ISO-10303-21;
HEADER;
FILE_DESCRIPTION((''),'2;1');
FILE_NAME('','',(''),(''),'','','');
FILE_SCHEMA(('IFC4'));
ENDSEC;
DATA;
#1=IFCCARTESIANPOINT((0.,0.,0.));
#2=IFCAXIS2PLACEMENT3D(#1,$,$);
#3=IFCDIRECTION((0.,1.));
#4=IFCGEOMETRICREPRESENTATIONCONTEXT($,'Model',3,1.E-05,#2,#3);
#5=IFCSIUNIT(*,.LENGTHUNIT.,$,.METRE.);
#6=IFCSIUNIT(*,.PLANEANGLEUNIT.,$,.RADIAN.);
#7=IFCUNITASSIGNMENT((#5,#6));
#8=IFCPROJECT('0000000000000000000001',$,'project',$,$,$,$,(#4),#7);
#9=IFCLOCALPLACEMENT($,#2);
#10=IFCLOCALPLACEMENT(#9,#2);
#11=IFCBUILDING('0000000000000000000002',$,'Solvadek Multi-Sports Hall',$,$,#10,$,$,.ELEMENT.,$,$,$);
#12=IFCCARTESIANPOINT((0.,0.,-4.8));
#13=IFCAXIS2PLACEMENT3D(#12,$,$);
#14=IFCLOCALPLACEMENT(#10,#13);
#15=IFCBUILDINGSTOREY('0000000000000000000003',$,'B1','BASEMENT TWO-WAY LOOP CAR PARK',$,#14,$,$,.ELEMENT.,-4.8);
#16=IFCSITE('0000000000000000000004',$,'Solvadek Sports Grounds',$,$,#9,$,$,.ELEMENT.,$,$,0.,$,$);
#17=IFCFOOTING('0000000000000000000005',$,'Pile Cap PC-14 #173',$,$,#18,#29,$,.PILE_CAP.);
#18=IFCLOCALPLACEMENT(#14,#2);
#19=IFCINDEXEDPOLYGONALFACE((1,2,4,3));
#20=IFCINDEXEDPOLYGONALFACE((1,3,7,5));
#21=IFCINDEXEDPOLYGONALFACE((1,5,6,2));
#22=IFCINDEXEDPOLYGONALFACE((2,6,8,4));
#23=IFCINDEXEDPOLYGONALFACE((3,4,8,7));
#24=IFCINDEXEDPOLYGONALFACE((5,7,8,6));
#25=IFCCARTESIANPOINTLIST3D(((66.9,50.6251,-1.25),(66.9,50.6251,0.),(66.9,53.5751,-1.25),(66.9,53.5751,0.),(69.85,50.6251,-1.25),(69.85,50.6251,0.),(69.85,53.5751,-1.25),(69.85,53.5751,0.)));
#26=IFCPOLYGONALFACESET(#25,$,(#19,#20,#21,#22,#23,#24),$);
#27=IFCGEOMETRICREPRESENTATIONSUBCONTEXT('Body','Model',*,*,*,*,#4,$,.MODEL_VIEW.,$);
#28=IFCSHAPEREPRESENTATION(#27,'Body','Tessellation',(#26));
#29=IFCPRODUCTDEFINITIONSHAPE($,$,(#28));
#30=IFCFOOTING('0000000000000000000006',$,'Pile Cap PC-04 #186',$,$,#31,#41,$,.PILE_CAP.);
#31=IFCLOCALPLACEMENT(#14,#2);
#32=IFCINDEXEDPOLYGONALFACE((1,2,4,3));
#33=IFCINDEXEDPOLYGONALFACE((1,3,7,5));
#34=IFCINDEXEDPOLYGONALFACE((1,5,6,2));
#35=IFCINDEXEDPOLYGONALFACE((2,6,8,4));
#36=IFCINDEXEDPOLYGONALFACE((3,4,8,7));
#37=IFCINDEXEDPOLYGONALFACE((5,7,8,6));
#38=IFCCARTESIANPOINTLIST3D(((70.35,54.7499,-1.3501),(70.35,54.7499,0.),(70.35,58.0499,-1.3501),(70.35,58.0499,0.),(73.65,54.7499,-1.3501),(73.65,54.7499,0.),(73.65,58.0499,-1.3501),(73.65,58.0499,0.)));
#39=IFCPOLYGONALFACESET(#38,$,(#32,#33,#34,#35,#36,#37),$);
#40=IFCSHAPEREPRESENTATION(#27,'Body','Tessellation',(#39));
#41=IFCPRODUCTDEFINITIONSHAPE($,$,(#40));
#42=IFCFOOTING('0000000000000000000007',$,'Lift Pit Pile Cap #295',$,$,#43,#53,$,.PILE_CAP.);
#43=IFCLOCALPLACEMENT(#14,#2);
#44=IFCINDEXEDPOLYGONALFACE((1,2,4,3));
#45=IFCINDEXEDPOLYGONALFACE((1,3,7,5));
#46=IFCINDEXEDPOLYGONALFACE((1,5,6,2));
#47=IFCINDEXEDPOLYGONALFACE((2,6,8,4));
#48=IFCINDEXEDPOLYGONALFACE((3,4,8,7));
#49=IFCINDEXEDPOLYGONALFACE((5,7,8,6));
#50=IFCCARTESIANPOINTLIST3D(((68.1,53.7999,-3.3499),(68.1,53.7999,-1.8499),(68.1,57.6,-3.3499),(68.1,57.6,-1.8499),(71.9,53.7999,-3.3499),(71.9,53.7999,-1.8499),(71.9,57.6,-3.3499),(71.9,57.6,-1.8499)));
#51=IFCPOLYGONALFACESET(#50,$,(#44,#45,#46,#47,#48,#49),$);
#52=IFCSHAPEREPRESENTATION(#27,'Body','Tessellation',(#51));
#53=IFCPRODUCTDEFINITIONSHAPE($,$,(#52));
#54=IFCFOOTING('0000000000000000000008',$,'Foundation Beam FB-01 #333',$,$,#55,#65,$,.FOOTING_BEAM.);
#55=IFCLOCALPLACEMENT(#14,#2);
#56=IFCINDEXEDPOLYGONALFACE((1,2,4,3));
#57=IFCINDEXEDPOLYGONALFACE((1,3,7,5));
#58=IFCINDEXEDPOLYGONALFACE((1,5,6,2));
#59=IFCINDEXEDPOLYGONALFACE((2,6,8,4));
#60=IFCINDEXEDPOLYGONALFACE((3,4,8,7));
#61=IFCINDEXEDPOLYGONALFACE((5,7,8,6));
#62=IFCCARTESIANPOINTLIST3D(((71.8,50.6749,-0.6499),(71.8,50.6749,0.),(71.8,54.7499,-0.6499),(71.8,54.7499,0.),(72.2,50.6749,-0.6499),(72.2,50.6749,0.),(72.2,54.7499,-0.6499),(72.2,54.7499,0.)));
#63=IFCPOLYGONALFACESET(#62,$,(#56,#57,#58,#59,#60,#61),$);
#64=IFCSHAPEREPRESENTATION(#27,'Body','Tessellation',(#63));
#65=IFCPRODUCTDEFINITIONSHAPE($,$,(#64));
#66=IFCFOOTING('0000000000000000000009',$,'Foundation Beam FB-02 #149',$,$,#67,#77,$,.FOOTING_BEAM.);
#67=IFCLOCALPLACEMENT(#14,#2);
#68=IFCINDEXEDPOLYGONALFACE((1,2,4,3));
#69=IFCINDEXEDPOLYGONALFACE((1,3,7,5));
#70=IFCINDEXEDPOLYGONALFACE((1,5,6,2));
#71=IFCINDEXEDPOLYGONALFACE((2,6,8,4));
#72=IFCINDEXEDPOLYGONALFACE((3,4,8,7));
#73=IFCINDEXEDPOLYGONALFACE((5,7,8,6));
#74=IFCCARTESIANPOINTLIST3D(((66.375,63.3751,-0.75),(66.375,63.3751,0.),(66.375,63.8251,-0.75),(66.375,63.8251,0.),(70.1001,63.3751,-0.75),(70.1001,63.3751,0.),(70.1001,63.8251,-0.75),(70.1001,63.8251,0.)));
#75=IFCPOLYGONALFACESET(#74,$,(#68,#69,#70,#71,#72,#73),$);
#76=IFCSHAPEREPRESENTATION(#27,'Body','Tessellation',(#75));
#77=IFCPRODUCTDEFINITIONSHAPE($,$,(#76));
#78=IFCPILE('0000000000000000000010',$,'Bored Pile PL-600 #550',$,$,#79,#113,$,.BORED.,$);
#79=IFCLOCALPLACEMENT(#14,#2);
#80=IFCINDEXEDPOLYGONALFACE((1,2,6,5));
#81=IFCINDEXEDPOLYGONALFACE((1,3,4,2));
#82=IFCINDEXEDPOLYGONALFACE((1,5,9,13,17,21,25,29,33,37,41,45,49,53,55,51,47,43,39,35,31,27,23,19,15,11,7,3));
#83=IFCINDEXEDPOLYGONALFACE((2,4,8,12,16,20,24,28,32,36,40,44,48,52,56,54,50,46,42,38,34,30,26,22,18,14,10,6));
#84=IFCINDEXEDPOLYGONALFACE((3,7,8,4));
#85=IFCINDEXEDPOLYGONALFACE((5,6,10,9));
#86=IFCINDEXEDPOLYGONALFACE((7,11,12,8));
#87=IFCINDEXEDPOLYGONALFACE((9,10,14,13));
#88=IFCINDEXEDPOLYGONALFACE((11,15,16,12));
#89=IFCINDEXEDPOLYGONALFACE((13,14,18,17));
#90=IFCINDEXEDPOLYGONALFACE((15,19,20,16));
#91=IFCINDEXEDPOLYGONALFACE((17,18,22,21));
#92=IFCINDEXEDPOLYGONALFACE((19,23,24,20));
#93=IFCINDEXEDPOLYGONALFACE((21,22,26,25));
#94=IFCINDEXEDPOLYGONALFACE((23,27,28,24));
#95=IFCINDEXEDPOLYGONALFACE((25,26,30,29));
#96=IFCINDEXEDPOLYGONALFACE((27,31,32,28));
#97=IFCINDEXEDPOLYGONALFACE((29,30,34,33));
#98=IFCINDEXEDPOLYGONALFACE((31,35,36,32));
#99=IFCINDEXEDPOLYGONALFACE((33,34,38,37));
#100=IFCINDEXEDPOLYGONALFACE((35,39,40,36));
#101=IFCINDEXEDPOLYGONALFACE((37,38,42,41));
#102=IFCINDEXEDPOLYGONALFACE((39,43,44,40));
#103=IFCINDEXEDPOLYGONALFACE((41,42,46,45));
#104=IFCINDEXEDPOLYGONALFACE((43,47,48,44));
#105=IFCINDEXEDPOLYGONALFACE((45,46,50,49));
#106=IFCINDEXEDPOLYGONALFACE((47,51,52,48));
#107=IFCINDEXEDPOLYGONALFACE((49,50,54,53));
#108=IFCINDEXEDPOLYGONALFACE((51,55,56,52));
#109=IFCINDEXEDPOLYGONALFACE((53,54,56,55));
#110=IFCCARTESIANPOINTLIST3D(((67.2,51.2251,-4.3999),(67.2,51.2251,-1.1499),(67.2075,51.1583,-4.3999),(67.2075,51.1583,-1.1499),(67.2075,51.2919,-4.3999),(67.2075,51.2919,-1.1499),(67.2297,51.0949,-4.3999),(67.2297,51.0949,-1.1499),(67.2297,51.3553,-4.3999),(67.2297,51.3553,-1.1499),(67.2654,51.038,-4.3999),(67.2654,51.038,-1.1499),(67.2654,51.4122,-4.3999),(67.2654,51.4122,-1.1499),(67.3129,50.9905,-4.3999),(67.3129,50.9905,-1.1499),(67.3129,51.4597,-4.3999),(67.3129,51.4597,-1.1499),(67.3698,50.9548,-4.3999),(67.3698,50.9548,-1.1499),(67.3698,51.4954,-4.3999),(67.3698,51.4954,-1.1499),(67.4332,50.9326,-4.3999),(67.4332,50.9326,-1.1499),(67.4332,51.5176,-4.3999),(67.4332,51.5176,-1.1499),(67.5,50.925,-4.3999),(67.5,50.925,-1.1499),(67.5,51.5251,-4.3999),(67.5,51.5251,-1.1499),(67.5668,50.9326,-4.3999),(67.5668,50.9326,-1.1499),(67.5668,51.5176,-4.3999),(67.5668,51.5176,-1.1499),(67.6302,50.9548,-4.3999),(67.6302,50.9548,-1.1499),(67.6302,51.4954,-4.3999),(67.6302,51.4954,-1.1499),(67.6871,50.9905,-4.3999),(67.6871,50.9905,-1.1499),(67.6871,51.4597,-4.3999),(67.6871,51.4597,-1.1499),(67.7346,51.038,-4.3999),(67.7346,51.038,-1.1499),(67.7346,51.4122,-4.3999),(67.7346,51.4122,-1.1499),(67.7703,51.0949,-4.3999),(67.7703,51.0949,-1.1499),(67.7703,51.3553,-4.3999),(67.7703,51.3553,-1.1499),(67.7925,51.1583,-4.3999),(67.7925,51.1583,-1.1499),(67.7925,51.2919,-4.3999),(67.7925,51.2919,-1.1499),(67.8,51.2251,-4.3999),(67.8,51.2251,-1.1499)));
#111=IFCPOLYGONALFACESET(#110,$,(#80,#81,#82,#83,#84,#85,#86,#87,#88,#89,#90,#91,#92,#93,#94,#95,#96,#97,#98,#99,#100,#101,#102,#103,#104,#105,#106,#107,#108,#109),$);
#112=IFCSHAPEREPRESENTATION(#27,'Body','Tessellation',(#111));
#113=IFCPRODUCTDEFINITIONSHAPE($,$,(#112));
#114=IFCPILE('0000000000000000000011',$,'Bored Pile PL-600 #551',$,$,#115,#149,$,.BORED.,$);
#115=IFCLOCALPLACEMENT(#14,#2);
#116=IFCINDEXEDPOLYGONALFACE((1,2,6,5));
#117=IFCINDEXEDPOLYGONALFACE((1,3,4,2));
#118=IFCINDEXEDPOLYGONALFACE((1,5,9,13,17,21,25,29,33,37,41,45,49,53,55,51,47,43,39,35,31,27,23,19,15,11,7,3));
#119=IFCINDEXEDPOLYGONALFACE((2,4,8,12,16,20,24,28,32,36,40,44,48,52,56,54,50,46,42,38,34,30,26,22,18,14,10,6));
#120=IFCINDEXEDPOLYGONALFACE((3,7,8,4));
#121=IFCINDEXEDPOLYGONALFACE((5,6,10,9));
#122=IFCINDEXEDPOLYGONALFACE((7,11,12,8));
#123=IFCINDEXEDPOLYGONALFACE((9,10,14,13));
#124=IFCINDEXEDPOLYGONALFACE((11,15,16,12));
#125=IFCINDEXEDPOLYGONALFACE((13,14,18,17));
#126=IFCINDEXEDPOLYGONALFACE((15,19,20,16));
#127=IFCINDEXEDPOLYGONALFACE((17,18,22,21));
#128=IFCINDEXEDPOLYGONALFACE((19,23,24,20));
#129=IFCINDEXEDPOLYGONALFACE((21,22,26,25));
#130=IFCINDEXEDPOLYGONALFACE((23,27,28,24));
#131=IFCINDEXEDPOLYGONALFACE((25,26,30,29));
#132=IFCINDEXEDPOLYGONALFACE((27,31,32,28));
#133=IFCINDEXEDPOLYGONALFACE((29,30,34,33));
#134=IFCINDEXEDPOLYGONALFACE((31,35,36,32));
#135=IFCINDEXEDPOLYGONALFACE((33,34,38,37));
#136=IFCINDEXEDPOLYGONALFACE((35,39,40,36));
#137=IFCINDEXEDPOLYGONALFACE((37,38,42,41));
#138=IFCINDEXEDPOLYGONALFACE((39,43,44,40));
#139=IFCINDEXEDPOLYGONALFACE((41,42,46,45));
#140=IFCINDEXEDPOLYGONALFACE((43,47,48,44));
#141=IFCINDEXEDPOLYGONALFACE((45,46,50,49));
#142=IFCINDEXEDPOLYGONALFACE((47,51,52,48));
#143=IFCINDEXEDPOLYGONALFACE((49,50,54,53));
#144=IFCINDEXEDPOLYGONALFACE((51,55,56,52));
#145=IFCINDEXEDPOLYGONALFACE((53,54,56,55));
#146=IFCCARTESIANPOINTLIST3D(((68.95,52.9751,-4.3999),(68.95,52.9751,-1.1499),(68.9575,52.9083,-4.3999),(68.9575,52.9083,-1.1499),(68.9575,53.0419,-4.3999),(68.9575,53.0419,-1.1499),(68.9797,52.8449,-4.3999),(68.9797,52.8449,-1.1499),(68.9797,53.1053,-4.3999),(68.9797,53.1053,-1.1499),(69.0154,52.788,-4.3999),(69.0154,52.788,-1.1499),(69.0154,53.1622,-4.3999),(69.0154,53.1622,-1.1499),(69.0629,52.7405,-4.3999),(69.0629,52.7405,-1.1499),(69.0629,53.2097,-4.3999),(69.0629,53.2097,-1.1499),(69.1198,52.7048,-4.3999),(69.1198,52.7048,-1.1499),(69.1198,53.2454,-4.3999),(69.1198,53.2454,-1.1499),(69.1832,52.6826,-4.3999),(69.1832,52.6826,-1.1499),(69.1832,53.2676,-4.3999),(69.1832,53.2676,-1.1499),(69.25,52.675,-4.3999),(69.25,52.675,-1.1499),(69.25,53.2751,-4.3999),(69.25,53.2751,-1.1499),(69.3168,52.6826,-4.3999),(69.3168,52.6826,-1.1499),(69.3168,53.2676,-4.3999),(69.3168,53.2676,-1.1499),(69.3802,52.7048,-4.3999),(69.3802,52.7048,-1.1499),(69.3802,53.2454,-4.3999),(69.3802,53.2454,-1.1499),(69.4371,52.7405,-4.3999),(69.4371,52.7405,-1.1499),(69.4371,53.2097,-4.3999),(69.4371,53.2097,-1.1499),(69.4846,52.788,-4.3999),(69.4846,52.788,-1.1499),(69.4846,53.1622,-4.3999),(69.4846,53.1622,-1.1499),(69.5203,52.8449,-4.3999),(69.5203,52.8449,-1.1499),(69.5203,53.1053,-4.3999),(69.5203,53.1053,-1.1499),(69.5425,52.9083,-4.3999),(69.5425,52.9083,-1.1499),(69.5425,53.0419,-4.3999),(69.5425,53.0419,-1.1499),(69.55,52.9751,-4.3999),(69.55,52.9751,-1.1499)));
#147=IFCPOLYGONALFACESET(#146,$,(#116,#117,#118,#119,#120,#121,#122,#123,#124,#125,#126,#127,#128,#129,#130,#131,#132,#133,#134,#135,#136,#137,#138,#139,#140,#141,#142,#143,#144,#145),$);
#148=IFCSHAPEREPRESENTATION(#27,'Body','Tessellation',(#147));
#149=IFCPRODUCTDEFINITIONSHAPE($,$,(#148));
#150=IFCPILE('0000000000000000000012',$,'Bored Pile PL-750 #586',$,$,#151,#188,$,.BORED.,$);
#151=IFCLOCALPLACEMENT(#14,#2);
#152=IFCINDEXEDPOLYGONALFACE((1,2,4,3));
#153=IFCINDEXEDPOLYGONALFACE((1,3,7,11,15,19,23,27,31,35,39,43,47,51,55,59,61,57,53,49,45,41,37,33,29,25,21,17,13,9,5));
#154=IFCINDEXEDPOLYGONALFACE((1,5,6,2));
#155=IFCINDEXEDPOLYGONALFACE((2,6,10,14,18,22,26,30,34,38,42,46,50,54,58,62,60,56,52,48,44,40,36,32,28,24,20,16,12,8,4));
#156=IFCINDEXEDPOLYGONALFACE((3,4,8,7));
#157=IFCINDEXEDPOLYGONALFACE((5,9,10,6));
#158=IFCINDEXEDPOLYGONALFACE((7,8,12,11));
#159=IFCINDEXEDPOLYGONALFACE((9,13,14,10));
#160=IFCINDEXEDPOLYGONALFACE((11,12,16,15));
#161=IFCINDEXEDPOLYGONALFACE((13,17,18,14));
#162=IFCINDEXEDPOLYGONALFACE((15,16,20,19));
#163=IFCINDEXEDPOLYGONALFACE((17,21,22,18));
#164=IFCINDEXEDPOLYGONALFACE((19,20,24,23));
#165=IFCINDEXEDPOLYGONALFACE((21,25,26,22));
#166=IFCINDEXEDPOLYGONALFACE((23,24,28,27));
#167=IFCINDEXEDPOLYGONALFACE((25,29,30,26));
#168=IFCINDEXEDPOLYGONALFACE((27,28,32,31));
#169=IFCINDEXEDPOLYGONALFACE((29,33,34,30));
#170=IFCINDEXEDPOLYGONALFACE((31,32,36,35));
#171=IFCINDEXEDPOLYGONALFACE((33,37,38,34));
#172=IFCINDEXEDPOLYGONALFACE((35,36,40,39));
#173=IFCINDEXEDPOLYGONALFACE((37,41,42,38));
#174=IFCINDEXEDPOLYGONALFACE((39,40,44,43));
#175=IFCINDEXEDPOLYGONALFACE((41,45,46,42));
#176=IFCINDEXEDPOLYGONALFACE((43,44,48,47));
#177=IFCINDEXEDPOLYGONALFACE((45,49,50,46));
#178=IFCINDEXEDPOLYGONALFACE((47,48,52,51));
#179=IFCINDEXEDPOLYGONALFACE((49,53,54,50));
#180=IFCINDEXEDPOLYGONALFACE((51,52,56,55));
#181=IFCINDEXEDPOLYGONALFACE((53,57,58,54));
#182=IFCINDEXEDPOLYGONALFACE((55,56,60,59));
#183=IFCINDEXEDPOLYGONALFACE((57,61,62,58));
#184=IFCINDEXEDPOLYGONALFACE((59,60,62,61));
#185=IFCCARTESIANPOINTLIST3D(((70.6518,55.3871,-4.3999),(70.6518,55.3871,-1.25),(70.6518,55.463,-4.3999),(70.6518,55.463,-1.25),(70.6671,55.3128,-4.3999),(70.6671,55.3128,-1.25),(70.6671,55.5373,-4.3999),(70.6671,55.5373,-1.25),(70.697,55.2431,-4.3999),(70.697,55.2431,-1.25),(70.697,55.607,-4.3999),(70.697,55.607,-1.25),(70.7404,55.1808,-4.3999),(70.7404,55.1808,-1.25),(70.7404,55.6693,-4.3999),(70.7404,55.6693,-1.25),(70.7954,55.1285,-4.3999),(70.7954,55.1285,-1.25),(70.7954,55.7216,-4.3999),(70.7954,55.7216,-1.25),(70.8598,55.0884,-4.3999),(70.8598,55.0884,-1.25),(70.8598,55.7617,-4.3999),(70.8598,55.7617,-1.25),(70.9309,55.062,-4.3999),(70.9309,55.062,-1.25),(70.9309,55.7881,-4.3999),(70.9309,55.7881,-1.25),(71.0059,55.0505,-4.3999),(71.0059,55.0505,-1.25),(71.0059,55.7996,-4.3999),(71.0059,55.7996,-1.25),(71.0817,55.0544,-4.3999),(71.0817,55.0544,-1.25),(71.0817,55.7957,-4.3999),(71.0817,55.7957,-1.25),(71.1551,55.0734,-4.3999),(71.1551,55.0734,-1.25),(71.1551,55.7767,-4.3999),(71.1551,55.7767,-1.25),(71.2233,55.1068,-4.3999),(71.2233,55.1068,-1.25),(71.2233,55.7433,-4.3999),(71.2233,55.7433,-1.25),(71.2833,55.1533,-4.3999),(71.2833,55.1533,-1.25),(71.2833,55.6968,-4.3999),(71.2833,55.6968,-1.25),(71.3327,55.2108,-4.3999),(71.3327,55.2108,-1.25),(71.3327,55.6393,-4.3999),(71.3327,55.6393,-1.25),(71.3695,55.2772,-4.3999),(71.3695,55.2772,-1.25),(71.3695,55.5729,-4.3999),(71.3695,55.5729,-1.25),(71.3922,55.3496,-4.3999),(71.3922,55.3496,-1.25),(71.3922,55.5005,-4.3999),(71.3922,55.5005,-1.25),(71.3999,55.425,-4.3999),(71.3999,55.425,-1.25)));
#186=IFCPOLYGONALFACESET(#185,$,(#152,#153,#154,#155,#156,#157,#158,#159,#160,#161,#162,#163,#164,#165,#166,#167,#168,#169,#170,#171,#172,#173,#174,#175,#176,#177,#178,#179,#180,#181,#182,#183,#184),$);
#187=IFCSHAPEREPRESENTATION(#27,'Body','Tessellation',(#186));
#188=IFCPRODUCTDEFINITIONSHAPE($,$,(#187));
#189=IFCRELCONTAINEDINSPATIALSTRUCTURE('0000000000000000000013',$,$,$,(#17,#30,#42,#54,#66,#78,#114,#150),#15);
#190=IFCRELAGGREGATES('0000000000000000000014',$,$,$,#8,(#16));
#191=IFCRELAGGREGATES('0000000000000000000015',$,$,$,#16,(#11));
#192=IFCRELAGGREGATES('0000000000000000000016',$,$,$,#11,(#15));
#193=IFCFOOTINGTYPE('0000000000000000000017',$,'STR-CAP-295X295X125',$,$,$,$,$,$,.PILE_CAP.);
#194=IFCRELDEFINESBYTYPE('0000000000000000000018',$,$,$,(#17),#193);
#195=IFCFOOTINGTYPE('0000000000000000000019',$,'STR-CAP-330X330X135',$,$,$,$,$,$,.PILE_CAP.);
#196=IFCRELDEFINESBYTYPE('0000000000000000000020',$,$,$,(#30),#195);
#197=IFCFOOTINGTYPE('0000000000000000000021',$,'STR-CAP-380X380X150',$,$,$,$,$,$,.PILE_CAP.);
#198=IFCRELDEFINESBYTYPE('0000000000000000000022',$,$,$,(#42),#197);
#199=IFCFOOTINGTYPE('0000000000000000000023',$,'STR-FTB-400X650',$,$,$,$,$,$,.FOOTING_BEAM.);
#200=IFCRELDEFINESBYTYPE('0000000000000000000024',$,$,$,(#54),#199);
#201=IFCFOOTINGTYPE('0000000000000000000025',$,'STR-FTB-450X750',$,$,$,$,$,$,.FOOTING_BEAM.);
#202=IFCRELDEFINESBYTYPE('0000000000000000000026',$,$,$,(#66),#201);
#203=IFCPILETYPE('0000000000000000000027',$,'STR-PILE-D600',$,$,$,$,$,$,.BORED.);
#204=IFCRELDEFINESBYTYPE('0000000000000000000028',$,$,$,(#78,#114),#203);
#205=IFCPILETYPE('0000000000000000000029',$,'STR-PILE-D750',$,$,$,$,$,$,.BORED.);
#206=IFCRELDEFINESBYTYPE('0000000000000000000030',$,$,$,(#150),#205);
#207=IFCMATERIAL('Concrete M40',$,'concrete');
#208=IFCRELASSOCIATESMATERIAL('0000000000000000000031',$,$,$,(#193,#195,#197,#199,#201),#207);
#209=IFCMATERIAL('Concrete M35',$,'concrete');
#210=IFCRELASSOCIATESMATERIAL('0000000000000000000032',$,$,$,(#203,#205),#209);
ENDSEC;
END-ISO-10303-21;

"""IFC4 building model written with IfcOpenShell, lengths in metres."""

from ifc_helpers import new_model, si_unit, direction, frame, origin, origin_2d, place, context, subcontext, project, spatial, rectangle, circle, extrude, material, material_profile, profile_set, type_object, element, save


model = new_model("IFC4")

# Units and contexts
model_context = context("Model", 3, precision=1e-05, world=origin(), true_north=direction((0.0, 1.0)))
body_context = subcontext(model_context, "Body", "Model", "MODEL_VIEW")
ifc_project = project(units=[si_unit("LENGTHUNIT", "METRE"), si_unit("PLANEANGLEUNIT", "RADIAN")], contexts=[model_context])

# Site, building, storey
site_placement = place(None, origin())
site = spatial("IfcSite", under=ifc_project, at=site_placement, Name="Solvadek Sports Grounds", CompositionType="ELEMENT", RefElevation=0.0)
building_placement = place(site_placement, origin())
building = spatial("IfcBuilding", under=site, at=building_placement, Name="Solvadek Multi-Sports Hall", CompositionType="ELEMENT")
storey_placement = place(building_placement, frame((0.0, 0.0, -4.8)))
storey = spatial("IfcBuildingStorey", under=building, at=storey_placement, Name="B1", Description="BASEMENT TWO-WAY LOOP CAR PARK", CompositionType="ELEMENT", Elevation=-4.8)

# Footings
ifc_material_1 = material(Name="Concrete M40", Category="concrete")
footing_type_1 = type_object("IfcFootingType", Name="STR-CAP-295X295X125", PredefinedType="PILE_CAP", material=ifc_material_1)
footing_1_placement = place(storey_placement, frame((68.375, 52.1001, -1.25), z_axis=(0.0, 0.0, 1.0), x_axis=(1.0, 0.0, 0.0)))
element("IfcFooting", 1, at=footing_1_placement, inside=storey, type_object=footing_type_1, Name="Pile Cap PC-14 #173", PredefinedType="PILE_CAP", context=body_context, shape_type="SweptSolid", body=[
    extrude(rectangle(XDim=2.95, YDim=2.95, at=origin_2d()), origin(), (0.0, 0.0, 1.0), 1.25),
])
footing_type_2 = type_object("IfcFootingType", Name="STR-CAP-330X330X135", PredefinedType="PILE_CAP", material=ifc_material_1)
footing_2_placement = place(storey_placement, frame((72.0, 56.3999, -1.3501), z_axis=(0.0, 0.0, 1.0), x_axis=(1.0, 0.0, 0.0)))
element("IfcFooting", 2, at=footing_2_placement, inside=storey, type_object=footing_type_2, Name="Pile Cap PC-04 #186", PredefinedType="PILE_CAP", context=body_context, shape_type="SweptSolid", body=[
    extrude(rectangle(XDim=3.3, YDim=3.3, at=origin_2d()), origin(), (0.0, 0.0, 1.0), 1.3501),
])
footing_type_3 = type_object("IfcFootingType", Name="STR-CAP-380X380X150", PredefinedType="PILE_CAP", material=ifc_material_1)
footing_3_placement = place(storey_placement, frame((70.0, 55.7, -3.3499), z_axis=(0.0, 0.0, 1.0), x_axis=(1.0, 0.0, 0.0)))
element("IfcFooting", 3, at=footing_3_placement, inside=storey, type_object=footing_type_3, Name="Lift Pit Pile Cap #295", PredefinedType="PILE_CAP", context=body_context, shape_type="SweptSolid", body=[
    extrude(rectangle(XDim=3.8, YDim=3.8, at=origin_2d()), origin(), (0.0, 0.0, 1.0), 1.5),
])
footing_type_4 = type_object("IfcFootingType", Name="STR-FTB-400X650", PredefinedType="FOOTING_BEAM", material=ifc_material_1)
footing_4_placement = place(storey_placement, frame((72.0, 52.7124, -0.6499), z_axis=(0.0, 0.0, 1.0), x_axis=(0.0, 1.0, 0.0)))
element("IfcFooting", 4, at=footing_4_placement, inside=storey, type_object=footing_type_4, Name="Foundation Beam FB-01 #333", PredefinedType="FOOTING_BEAM", context=body_context, shape_type="SweptSolid", body=[
    extrude(rectangle(XDim=4.075, YDim=0.3999, at=origin_2d()), origin(), (0.0, 0.0, 1.0), 0.6499),
])
footing_type_5 = type_object("IfcFootingType", Name="STR-FTB-450X750", PredefinedType="FOOTING_BEAM", material=ifc_material_1)
footing_5_placement = place(storey_placement, frame((68.2375, 63.6001, -0.75), z_axis=(0.0, 0.0, 1.0), x_axis=(1.0, 0.0, 0.0)))
element("IfcFooting", 5, at=footing_5_placement, inside=storey, type_object=footing_type_5, Name="Foundation Beam FB-02 #149", PredefinedType="FOOTING_BEAM", context=body_context, shape_type="SweptSolid", body=[
    extrude(rectangle(XDim=3.7251, YDim=0.45, at=origin_2d()), origin(), (0.0, 0.0, 1.0), 0.75),
])

# Piles
ifc_material_2 = material(Name="Concrete M35", Category="concrete")
ifc_material_profile_1 = material_profile(ifc_material_2, circle(Radius=0.3, at=origin_2d()), Name="BORED PILE D600")
ifc_profile_set_1 = profile_set([ifc_material_profile_1], Name="Concrete M35")
pile_type_1 = type_object("IfcPileType", Name="STR-PILE-D600", PredefinedType="BORED", material=ifc_profile_set_1)
for number, where, z_axis, x_axis, name in (
    (6, (67.5, 51.2251, -1.1499), (0.0, 0.0, -1.0), (1.0, 0.0, 0.0), "Bored Pile PL-600 #550"),
    (7, (69.25, 52.9751, -1.1499), (0.0, 0.0, -1.0), (1.0, 0.0, 0.0), "Bored Pile PL-600 #551"),
):
    element("IfcPile", number, at=place(storey_placement, frame(where, z_axis=z_axis, x_axis=x_axis)), inside=storey, type_object=pile_type_1, Name=name, PredefinedType="BORED", context=body_context, shape_type="SweptSolid", body=[
        extrude(circle(Radius=0.3, at=origin_2d()), origin(), (0.0, 0.0, 1.0), 3.25),
    ])
ifc_material_profile_2 = material_profile(ifc_material_2, circle(Radius=0.375, at=origin_2d()), Name="BORED PILE D750")
ifc_profile_set_2 = profile_set([ifc_material_profile_2], Name="Concrete M35")
pile_type_2 = type_object("IfcPileType", Name="STR-PILE-D750", PredefinedType="BORED", material=ifc_profile_set_2)
for number, where, z_axis, x_axis, name in (
    (8, (71.0249, 55.425, -1.25), (0.0, 0.0, -1.0), (1.0, 0.0, 0.0), "Bored Pile PL-750 #586"),
):
    element("IfcPile", number, at=place(storey_placement, frame(where, z_axis=z_axis, x_axis=x_axis)), inside=storey, type_object=pile_type_2, Name=name, PredefinedType="BORED", context=body_context, shape_type="SweptSolid", body=[
        extrude(circle(Radius=0.375, at=origin_2d()), origin(), (0.0, 0.0, 1.0), 3.1499),
    ])

save(model, "model.ifc")
